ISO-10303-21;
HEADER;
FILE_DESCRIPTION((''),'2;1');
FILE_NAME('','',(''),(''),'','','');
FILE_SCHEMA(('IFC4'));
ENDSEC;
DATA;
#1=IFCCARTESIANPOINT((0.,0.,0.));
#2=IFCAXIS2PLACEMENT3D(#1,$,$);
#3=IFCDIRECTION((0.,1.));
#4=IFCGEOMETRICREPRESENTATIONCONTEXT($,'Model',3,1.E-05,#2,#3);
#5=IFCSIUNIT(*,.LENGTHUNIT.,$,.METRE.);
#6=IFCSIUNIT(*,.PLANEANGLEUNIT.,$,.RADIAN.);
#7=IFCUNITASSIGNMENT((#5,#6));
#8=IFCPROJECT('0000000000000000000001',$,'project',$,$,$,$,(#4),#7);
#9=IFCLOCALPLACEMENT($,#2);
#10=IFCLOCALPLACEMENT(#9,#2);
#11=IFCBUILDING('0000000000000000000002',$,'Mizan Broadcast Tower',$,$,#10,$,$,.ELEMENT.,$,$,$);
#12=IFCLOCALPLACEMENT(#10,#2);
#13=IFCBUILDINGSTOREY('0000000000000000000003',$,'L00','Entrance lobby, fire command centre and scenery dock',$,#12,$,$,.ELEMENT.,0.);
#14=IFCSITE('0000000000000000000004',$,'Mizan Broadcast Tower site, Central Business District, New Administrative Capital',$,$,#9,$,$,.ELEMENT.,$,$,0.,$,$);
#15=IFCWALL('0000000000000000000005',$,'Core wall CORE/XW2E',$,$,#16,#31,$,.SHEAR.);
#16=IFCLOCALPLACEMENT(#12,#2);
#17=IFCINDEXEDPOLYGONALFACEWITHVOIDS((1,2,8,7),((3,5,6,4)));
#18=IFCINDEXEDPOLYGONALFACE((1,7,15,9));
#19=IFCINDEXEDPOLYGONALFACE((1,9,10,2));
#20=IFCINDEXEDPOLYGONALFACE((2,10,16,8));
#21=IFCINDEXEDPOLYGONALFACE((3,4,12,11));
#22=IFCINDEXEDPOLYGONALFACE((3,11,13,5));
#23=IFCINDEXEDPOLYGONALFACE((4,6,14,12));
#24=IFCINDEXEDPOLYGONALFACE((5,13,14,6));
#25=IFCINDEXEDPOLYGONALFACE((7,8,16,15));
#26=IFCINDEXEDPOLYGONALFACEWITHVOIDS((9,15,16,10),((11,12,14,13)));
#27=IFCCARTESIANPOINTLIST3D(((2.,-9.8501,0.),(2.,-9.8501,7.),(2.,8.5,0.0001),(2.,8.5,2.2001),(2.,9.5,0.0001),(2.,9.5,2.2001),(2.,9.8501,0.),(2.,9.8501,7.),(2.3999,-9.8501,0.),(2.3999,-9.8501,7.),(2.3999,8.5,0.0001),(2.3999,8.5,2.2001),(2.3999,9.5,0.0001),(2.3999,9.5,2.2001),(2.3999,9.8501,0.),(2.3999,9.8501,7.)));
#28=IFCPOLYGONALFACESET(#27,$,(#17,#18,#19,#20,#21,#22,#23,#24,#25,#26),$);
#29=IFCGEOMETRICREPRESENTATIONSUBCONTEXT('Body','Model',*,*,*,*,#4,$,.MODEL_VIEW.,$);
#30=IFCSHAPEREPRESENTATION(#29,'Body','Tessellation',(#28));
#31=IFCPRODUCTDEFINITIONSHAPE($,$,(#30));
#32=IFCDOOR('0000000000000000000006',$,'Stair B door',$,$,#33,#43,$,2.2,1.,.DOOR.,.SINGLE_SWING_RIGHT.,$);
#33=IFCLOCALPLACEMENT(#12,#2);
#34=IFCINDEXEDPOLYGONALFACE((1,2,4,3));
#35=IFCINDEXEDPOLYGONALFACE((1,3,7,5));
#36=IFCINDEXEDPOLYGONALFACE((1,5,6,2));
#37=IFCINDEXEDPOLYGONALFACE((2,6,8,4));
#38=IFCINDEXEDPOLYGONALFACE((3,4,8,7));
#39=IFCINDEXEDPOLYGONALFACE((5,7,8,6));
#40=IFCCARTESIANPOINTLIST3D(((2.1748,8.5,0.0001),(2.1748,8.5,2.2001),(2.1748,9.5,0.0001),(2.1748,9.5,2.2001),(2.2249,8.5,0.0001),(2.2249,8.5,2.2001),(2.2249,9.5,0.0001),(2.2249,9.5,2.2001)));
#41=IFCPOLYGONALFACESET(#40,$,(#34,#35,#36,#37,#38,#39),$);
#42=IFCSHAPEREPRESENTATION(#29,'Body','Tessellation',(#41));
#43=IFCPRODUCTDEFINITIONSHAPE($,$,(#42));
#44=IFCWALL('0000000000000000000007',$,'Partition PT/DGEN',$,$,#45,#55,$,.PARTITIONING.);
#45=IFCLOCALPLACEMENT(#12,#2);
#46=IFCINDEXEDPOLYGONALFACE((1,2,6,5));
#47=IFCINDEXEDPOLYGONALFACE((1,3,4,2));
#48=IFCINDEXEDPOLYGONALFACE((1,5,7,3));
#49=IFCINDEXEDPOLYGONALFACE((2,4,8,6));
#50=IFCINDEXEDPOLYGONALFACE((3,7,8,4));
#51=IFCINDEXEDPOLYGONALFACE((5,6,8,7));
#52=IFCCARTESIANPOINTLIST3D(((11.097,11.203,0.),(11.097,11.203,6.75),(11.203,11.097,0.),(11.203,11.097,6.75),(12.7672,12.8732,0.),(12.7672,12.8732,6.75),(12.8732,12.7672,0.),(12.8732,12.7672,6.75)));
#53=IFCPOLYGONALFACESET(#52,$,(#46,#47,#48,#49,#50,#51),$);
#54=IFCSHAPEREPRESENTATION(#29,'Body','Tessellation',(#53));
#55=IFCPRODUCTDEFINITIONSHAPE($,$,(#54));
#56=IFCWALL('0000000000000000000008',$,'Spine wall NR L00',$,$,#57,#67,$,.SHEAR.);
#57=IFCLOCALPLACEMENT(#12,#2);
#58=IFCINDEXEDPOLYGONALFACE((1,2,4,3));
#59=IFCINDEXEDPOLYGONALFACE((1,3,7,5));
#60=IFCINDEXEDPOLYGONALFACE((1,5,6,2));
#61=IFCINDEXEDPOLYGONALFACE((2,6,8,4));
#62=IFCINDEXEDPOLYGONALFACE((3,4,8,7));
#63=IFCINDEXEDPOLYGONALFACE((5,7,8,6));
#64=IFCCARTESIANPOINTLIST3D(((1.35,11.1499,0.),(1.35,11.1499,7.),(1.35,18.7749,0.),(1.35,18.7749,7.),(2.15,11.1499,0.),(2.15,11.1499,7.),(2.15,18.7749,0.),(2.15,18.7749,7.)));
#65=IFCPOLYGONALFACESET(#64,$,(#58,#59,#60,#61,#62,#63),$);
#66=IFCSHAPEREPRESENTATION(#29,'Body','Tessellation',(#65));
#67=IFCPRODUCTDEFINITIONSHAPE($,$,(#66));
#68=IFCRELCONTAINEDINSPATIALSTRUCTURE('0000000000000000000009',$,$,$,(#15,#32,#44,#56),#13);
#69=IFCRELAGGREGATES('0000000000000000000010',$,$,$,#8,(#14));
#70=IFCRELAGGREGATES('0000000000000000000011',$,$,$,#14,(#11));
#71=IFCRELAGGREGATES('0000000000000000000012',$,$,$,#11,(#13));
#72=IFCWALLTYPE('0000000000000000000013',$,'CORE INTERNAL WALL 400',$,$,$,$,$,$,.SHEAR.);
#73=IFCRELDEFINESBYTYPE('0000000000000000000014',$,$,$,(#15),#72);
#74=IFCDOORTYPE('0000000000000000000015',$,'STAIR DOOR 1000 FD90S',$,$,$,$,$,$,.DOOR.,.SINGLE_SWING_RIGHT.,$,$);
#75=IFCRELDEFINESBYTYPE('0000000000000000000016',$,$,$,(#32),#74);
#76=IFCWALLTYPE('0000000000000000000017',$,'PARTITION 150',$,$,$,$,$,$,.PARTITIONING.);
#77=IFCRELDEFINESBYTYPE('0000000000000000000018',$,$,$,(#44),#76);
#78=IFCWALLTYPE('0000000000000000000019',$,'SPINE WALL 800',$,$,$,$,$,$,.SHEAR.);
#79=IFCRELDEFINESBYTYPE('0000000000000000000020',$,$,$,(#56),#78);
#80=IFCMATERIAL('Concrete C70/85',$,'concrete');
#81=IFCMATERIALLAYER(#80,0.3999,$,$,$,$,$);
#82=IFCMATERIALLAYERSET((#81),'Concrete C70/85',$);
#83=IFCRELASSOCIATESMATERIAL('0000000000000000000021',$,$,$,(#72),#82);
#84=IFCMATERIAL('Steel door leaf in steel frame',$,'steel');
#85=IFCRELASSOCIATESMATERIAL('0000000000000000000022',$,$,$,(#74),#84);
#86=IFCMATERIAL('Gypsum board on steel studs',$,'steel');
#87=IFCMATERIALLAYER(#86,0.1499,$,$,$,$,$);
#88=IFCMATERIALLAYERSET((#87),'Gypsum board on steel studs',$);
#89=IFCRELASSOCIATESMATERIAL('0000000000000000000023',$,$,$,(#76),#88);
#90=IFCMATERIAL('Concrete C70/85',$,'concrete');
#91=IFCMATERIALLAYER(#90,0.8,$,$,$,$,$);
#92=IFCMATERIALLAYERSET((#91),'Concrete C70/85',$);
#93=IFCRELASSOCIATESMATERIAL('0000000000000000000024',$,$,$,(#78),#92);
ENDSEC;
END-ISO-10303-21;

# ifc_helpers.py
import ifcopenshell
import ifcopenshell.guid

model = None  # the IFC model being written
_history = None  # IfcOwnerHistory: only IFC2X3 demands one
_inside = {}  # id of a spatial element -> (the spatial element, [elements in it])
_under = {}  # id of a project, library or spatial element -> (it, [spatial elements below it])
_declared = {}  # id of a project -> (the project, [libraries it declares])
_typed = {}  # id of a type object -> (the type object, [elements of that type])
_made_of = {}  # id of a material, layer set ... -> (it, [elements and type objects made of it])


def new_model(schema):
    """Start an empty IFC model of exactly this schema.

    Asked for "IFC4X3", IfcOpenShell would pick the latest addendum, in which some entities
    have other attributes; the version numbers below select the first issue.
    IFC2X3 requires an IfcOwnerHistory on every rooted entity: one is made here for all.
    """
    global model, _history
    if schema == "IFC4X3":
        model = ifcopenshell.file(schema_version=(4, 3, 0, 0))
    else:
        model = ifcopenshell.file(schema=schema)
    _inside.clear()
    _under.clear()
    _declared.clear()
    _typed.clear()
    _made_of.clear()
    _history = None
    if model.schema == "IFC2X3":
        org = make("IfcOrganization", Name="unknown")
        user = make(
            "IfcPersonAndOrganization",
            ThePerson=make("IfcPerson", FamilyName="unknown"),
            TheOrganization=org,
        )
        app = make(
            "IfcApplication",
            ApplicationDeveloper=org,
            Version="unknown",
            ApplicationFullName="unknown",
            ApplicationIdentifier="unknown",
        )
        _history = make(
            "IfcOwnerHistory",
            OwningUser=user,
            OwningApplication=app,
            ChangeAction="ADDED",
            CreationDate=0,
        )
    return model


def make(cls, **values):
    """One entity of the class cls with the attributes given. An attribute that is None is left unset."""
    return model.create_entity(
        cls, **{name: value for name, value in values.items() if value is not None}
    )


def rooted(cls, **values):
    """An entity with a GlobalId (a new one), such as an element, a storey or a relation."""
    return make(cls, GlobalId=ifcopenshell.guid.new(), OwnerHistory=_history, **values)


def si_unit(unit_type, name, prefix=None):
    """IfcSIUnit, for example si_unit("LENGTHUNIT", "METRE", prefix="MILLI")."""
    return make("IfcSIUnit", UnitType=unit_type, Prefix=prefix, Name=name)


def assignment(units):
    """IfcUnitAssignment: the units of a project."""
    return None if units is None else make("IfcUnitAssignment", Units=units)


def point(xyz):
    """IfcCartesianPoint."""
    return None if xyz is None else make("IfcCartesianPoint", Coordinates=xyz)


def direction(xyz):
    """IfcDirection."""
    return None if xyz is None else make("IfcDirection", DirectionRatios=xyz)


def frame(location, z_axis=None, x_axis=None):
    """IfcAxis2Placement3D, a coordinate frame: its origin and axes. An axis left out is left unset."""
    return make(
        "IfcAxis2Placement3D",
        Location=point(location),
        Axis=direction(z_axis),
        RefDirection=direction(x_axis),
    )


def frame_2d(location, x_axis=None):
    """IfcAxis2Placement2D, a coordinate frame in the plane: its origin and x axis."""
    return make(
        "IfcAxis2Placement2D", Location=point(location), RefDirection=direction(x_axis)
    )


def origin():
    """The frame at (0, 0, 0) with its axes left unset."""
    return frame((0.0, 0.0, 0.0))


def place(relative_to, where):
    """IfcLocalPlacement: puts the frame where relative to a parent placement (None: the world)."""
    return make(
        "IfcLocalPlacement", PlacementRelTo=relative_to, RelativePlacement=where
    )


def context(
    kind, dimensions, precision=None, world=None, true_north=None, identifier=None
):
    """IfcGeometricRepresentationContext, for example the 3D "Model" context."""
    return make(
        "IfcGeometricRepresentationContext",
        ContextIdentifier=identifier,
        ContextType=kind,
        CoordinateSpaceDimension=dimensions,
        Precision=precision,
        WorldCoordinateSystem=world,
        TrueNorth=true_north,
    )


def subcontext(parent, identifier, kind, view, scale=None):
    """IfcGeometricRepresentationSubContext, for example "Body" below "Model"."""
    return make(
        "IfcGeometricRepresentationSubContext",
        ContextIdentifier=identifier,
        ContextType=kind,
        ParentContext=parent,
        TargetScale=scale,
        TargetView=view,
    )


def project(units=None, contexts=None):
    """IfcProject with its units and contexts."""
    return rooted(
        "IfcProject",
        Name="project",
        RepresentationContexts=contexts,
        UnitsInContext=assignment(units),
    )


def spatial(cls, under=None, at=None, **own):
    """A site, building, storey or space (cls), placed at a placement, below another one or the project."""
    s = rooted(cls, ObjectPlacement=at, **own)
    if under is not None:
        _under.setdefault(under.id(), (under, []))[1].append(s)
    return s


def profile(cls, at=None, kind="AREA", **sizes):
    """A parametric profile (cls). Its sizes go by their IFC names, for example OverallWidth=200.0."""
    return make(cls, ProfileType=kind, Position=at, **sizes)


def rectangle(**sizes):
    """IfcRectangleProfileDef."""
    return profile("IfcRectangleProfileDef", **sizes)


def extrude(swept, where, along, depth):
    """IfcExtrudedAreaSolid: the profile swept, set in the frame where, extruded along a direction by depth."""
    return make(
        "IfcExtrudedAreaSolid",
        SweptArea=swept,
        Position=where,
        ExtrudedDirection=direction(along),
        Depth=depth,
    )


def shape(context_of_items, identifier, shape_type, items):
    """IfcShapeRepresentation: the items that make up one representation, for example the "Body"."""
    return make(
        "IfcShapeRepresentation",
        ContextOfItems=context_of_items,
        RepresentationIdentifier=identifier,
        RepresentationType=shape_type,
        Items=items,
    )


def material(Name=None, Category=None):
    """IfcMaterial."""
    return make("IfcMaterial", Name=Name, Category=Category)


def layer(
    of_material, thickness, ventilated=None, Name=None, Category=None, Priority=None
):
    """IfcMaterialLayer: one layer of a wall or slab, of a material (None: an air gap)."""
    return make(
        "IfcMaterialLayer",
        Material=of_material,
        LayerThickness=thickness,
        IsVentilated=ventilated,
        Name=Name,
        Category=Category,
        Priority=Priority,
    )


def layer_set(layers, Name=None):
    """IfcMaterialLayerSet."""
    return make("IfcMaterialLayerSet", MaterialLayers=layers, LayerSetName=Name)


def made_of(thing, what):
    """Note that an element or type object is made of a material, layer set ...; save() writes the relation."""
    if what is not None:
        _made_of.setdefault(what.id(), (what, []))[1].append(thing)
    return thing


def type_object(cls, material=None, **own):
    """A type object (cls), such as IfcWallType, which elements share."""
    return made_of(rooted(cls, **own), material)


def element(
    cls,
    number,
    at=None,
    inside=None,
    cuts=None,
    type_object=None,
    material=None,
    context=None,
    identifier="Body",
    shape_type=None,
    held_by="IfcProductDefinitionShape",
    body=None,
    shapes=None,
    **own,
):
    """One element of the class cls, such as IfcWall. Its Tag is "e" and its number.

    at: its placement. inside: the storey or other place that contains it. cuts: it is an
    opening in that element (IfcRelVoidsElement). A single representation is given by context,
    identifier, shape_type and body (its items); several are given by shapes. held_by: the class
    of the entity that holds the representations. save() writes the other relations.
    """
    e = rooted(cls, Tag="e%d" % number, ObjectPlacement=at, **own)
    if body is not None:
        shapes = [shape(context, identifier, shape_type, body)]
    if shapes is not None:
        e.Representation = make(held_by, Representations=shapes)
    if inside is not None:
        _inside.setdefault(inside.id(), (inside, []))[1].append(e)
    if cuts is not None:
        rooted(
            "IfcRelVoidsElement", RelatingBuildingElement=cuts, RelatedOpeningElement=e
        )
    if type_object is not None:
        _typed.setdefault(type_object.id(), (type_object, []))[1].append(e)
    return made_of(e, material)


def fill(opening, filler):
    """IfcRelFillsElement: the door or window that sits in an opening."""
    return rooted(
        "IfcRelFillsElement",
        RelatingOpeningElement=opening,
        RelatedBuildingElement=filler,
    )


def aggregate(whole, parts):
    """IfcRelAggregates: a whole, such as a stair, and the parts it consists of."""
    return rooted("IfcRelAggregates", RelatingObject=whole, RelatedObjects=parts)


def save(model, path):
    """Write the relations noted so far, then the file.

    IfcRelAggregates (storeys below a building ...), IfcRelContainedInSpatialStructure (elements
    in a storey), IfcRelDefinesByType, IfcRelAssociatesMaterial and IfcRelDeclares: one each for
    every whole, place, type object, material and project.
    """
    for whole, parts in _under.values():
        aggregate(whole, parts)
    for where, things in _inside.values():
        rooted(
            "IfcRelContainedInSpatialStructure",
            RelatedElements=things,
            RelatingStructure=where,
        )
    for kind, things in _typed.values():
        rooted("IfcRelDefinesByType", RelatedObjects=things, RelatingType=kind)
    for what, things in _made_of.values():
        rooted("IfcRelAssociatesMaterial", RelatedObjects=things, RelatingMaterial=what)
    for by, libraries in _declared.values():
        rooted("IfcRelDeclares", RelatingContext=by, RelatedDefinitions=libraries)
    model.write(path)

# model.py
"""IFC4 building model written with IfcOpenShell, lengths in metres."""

from ifc_helpers import new_model, si_unit, direction, frame, frame_2d, origin, place, context, subcontext, project, spatial, rectangle, extrude, material, layer, layer_set, type_object, element, fill, save


model = new_model("IFC4")

# Units and contexts
model_context = context("Model", 3, precision=1e-05, world=origin(), true_north=direction((0.0, 1.0)))
body_context = subcontext(model_context, "Body", "Model", "MODEL_VIEW")
ifc_project = project(units=[si_unit("LENGTHUNIT", "METRE"), si_unit("PLANEANGLEUNIT", "RADIAN")], contexts=[model_context])

# Site, building, storey
site_placement = place(None, origin())
site = spatial("IfcSite", under=ifc_project, at=site_placement, Name="Mizan Broadcast Tower site, Central Business District, New Administrative Capital", CompositionType="ELEMENT", RefElevation=0.0)
building_placement = place(site_placement, origin())
building = spatial("IfcBuilding", under=site, at=building_placement, Name="Mizan Broadcast Tower", CompositionType="ELEMENT")
storey_placement = place(building_placement, origin())
storey = spatial("IfcBuildingStorey", under=building, at=storey_placement, Name="L00", Description="Entrance lobby, fire command centre and scenery dock", CompositionType="ELEMENT", Elevation=0.0)

# Shared definitions
ifc_material_1 = material(Name="Concrete C70/85", Category="concrete")
ifc_layer_1 = layer(ifc_material_1, 0.3999)
ifc_layer_set_1 = layer_set([ifc_layer_1], Name="Concrete C70/85")
wall_type_1 = type_object("IfcWallType", Name="CORE INTERNAL WALL 400", PredefinedType="SHEAR", material=ifc_layer_set_1)

# Wall, opening, door
wall_1_placement = place(storey_placement, frame((2.2, 9.8501, 0.0), z_axis=(0.0, 0.0, 1.0), x_axis=(0.0, -1.0, 0.0)))
wall_1 = element("IfcWall", 1, at=wall_1_placement, inside=storey, type_object=wall_type_1, Name="Core wall CORE/XW2E", PredefinedType="SHEAR", context=body_context, shape_type="SweptSolid", body=[
    extrude(rectangle(XDim=19.7002, YDim=0.3999, at=frame_2d((9.8501, 0.0))), origin(), (0.0, 0.0, 1.0), 7.0),
])
opening_1_placement = place(wall_1_placement, frame((0.3501, 0.0, 0.0)))
opening_1 = element("IfcOpeningElement", 2, at=opening_1_placement, cuts=wall_1, PredefinedType="OPENING", context=body_context, shape_type="SweptSolid", body=[
    extrude(rectangle(XDim=1.0, YDim=2.2, at=frame_2d((0.5, 1.1001))), frame((0.0, 0.21, 0.0), z_axis=(0.0, -1.0, 0.0), x_axis=(1.0, 0.0, 0.0)), (0.0, 0.0, 1.0), 0.4199),
])
ifc_material_2 = material(Name="Steel door leaf in steel frame", Category="steel")
door_type_1 = type_object("IfcDoorType", Name="STAIR DOOR 1000 FD90S", OperationType="SINGLE_SWING_RIGHT", PredefinedType="DOOR", material=ifc_material_2)
door_1_placement = place(opening_1_placement, origin())
door_1 = element("IfcDoor", 3, at=door_1_placement, inside=storey, type_object=door_type_1, Name="Stair B door", OperationType="SINGLE_SWING_RIGHT", OverallHeight=2.2, OverallWidth=1.0, PredefinedType="DOOR", context=body_context, shape_type="SweptSolid", body=[
    extrude(rectangle(XDim=1.0, YDim=2.2, at=frame_2d((0.5, 1.1001))), frame((0.0, 0.0249, 0.0), z_axis=(0.0, -1.0, 0.0), x_axis=(1.0, 0.0, 0.0)), (0.0, 0.0, 1.0), 0.05),
])
fill(opening_1, door_1)

# Walls
ifc_material_3 = material(Name="Gypsum board on steel studs", Category="steel")
ifc_layer_2 = layer(ifc_material_3, 0.1499)
ifc_layer_set_2 = layer_set([ifc_layer_2], Name="Gypsum board on steel studs")
wall_type_2 = type_object("IfcWallType", Name="PARTITION 150", PredefinedType="PARTITIONING", material=ifc_layer_set_2)
wall_2_placement = place(storey_placement, frame((11.1499, 11.1499, 0.0), z_axis=(0.0, 0.0, 1.0), x_axis=(0.707107, 0.707107, 0.0)))
element("IfcWall", 4, at=wall_2_placement, inside=storey, type_object=wall_type_2, Name="Partition PT/DGEN", PredefinedType="PARTITIONING", context=body_context, shape_type="SweptSolid", body=[
    extrude(rectangle(XDim=2.3621, YDim=0.1499, at=frame_2d((1.1812, 0.0))), origin(), (0.0, 0.0, 1.0), 6.75),
])
ifc_material_4 = material(Name="Concrete C70/85", Category="concrete")
ifc_layer_3 = layer(ifc_material_4, 0.8)
ifc_layer_set_3 = layer_set([ifc_layer_3], Name="Concrete C70/85")
wall_type_3 = type_object("IfcWallType", Name="SPINE WALL 800", PredefinedType="SHEAR", material=ifc_layer_set_3)
wall_3_placement = place(storey_placement, frame((1.75, 11.1499, 0.0), z_axis=(0.0, 0.0, 1.0), x_axis=(0.0, 1.0, 0.0)))
element("IfcWall", 5, at=wall_3_placement, inside=storey, type_object=wall_type_3, Name="Spine wall NR L00", PredefinedType="SHEAR", context=body_context, shape_type="SweptSolid", body=[
    extrude(rectangle(XDim=7.625, YDim=0.8, at=frame_2d((3.8125, 0.0))), origin(), (0.0, 0.0, 1.0), 7.0),
])

save(model, "model.ifc")
